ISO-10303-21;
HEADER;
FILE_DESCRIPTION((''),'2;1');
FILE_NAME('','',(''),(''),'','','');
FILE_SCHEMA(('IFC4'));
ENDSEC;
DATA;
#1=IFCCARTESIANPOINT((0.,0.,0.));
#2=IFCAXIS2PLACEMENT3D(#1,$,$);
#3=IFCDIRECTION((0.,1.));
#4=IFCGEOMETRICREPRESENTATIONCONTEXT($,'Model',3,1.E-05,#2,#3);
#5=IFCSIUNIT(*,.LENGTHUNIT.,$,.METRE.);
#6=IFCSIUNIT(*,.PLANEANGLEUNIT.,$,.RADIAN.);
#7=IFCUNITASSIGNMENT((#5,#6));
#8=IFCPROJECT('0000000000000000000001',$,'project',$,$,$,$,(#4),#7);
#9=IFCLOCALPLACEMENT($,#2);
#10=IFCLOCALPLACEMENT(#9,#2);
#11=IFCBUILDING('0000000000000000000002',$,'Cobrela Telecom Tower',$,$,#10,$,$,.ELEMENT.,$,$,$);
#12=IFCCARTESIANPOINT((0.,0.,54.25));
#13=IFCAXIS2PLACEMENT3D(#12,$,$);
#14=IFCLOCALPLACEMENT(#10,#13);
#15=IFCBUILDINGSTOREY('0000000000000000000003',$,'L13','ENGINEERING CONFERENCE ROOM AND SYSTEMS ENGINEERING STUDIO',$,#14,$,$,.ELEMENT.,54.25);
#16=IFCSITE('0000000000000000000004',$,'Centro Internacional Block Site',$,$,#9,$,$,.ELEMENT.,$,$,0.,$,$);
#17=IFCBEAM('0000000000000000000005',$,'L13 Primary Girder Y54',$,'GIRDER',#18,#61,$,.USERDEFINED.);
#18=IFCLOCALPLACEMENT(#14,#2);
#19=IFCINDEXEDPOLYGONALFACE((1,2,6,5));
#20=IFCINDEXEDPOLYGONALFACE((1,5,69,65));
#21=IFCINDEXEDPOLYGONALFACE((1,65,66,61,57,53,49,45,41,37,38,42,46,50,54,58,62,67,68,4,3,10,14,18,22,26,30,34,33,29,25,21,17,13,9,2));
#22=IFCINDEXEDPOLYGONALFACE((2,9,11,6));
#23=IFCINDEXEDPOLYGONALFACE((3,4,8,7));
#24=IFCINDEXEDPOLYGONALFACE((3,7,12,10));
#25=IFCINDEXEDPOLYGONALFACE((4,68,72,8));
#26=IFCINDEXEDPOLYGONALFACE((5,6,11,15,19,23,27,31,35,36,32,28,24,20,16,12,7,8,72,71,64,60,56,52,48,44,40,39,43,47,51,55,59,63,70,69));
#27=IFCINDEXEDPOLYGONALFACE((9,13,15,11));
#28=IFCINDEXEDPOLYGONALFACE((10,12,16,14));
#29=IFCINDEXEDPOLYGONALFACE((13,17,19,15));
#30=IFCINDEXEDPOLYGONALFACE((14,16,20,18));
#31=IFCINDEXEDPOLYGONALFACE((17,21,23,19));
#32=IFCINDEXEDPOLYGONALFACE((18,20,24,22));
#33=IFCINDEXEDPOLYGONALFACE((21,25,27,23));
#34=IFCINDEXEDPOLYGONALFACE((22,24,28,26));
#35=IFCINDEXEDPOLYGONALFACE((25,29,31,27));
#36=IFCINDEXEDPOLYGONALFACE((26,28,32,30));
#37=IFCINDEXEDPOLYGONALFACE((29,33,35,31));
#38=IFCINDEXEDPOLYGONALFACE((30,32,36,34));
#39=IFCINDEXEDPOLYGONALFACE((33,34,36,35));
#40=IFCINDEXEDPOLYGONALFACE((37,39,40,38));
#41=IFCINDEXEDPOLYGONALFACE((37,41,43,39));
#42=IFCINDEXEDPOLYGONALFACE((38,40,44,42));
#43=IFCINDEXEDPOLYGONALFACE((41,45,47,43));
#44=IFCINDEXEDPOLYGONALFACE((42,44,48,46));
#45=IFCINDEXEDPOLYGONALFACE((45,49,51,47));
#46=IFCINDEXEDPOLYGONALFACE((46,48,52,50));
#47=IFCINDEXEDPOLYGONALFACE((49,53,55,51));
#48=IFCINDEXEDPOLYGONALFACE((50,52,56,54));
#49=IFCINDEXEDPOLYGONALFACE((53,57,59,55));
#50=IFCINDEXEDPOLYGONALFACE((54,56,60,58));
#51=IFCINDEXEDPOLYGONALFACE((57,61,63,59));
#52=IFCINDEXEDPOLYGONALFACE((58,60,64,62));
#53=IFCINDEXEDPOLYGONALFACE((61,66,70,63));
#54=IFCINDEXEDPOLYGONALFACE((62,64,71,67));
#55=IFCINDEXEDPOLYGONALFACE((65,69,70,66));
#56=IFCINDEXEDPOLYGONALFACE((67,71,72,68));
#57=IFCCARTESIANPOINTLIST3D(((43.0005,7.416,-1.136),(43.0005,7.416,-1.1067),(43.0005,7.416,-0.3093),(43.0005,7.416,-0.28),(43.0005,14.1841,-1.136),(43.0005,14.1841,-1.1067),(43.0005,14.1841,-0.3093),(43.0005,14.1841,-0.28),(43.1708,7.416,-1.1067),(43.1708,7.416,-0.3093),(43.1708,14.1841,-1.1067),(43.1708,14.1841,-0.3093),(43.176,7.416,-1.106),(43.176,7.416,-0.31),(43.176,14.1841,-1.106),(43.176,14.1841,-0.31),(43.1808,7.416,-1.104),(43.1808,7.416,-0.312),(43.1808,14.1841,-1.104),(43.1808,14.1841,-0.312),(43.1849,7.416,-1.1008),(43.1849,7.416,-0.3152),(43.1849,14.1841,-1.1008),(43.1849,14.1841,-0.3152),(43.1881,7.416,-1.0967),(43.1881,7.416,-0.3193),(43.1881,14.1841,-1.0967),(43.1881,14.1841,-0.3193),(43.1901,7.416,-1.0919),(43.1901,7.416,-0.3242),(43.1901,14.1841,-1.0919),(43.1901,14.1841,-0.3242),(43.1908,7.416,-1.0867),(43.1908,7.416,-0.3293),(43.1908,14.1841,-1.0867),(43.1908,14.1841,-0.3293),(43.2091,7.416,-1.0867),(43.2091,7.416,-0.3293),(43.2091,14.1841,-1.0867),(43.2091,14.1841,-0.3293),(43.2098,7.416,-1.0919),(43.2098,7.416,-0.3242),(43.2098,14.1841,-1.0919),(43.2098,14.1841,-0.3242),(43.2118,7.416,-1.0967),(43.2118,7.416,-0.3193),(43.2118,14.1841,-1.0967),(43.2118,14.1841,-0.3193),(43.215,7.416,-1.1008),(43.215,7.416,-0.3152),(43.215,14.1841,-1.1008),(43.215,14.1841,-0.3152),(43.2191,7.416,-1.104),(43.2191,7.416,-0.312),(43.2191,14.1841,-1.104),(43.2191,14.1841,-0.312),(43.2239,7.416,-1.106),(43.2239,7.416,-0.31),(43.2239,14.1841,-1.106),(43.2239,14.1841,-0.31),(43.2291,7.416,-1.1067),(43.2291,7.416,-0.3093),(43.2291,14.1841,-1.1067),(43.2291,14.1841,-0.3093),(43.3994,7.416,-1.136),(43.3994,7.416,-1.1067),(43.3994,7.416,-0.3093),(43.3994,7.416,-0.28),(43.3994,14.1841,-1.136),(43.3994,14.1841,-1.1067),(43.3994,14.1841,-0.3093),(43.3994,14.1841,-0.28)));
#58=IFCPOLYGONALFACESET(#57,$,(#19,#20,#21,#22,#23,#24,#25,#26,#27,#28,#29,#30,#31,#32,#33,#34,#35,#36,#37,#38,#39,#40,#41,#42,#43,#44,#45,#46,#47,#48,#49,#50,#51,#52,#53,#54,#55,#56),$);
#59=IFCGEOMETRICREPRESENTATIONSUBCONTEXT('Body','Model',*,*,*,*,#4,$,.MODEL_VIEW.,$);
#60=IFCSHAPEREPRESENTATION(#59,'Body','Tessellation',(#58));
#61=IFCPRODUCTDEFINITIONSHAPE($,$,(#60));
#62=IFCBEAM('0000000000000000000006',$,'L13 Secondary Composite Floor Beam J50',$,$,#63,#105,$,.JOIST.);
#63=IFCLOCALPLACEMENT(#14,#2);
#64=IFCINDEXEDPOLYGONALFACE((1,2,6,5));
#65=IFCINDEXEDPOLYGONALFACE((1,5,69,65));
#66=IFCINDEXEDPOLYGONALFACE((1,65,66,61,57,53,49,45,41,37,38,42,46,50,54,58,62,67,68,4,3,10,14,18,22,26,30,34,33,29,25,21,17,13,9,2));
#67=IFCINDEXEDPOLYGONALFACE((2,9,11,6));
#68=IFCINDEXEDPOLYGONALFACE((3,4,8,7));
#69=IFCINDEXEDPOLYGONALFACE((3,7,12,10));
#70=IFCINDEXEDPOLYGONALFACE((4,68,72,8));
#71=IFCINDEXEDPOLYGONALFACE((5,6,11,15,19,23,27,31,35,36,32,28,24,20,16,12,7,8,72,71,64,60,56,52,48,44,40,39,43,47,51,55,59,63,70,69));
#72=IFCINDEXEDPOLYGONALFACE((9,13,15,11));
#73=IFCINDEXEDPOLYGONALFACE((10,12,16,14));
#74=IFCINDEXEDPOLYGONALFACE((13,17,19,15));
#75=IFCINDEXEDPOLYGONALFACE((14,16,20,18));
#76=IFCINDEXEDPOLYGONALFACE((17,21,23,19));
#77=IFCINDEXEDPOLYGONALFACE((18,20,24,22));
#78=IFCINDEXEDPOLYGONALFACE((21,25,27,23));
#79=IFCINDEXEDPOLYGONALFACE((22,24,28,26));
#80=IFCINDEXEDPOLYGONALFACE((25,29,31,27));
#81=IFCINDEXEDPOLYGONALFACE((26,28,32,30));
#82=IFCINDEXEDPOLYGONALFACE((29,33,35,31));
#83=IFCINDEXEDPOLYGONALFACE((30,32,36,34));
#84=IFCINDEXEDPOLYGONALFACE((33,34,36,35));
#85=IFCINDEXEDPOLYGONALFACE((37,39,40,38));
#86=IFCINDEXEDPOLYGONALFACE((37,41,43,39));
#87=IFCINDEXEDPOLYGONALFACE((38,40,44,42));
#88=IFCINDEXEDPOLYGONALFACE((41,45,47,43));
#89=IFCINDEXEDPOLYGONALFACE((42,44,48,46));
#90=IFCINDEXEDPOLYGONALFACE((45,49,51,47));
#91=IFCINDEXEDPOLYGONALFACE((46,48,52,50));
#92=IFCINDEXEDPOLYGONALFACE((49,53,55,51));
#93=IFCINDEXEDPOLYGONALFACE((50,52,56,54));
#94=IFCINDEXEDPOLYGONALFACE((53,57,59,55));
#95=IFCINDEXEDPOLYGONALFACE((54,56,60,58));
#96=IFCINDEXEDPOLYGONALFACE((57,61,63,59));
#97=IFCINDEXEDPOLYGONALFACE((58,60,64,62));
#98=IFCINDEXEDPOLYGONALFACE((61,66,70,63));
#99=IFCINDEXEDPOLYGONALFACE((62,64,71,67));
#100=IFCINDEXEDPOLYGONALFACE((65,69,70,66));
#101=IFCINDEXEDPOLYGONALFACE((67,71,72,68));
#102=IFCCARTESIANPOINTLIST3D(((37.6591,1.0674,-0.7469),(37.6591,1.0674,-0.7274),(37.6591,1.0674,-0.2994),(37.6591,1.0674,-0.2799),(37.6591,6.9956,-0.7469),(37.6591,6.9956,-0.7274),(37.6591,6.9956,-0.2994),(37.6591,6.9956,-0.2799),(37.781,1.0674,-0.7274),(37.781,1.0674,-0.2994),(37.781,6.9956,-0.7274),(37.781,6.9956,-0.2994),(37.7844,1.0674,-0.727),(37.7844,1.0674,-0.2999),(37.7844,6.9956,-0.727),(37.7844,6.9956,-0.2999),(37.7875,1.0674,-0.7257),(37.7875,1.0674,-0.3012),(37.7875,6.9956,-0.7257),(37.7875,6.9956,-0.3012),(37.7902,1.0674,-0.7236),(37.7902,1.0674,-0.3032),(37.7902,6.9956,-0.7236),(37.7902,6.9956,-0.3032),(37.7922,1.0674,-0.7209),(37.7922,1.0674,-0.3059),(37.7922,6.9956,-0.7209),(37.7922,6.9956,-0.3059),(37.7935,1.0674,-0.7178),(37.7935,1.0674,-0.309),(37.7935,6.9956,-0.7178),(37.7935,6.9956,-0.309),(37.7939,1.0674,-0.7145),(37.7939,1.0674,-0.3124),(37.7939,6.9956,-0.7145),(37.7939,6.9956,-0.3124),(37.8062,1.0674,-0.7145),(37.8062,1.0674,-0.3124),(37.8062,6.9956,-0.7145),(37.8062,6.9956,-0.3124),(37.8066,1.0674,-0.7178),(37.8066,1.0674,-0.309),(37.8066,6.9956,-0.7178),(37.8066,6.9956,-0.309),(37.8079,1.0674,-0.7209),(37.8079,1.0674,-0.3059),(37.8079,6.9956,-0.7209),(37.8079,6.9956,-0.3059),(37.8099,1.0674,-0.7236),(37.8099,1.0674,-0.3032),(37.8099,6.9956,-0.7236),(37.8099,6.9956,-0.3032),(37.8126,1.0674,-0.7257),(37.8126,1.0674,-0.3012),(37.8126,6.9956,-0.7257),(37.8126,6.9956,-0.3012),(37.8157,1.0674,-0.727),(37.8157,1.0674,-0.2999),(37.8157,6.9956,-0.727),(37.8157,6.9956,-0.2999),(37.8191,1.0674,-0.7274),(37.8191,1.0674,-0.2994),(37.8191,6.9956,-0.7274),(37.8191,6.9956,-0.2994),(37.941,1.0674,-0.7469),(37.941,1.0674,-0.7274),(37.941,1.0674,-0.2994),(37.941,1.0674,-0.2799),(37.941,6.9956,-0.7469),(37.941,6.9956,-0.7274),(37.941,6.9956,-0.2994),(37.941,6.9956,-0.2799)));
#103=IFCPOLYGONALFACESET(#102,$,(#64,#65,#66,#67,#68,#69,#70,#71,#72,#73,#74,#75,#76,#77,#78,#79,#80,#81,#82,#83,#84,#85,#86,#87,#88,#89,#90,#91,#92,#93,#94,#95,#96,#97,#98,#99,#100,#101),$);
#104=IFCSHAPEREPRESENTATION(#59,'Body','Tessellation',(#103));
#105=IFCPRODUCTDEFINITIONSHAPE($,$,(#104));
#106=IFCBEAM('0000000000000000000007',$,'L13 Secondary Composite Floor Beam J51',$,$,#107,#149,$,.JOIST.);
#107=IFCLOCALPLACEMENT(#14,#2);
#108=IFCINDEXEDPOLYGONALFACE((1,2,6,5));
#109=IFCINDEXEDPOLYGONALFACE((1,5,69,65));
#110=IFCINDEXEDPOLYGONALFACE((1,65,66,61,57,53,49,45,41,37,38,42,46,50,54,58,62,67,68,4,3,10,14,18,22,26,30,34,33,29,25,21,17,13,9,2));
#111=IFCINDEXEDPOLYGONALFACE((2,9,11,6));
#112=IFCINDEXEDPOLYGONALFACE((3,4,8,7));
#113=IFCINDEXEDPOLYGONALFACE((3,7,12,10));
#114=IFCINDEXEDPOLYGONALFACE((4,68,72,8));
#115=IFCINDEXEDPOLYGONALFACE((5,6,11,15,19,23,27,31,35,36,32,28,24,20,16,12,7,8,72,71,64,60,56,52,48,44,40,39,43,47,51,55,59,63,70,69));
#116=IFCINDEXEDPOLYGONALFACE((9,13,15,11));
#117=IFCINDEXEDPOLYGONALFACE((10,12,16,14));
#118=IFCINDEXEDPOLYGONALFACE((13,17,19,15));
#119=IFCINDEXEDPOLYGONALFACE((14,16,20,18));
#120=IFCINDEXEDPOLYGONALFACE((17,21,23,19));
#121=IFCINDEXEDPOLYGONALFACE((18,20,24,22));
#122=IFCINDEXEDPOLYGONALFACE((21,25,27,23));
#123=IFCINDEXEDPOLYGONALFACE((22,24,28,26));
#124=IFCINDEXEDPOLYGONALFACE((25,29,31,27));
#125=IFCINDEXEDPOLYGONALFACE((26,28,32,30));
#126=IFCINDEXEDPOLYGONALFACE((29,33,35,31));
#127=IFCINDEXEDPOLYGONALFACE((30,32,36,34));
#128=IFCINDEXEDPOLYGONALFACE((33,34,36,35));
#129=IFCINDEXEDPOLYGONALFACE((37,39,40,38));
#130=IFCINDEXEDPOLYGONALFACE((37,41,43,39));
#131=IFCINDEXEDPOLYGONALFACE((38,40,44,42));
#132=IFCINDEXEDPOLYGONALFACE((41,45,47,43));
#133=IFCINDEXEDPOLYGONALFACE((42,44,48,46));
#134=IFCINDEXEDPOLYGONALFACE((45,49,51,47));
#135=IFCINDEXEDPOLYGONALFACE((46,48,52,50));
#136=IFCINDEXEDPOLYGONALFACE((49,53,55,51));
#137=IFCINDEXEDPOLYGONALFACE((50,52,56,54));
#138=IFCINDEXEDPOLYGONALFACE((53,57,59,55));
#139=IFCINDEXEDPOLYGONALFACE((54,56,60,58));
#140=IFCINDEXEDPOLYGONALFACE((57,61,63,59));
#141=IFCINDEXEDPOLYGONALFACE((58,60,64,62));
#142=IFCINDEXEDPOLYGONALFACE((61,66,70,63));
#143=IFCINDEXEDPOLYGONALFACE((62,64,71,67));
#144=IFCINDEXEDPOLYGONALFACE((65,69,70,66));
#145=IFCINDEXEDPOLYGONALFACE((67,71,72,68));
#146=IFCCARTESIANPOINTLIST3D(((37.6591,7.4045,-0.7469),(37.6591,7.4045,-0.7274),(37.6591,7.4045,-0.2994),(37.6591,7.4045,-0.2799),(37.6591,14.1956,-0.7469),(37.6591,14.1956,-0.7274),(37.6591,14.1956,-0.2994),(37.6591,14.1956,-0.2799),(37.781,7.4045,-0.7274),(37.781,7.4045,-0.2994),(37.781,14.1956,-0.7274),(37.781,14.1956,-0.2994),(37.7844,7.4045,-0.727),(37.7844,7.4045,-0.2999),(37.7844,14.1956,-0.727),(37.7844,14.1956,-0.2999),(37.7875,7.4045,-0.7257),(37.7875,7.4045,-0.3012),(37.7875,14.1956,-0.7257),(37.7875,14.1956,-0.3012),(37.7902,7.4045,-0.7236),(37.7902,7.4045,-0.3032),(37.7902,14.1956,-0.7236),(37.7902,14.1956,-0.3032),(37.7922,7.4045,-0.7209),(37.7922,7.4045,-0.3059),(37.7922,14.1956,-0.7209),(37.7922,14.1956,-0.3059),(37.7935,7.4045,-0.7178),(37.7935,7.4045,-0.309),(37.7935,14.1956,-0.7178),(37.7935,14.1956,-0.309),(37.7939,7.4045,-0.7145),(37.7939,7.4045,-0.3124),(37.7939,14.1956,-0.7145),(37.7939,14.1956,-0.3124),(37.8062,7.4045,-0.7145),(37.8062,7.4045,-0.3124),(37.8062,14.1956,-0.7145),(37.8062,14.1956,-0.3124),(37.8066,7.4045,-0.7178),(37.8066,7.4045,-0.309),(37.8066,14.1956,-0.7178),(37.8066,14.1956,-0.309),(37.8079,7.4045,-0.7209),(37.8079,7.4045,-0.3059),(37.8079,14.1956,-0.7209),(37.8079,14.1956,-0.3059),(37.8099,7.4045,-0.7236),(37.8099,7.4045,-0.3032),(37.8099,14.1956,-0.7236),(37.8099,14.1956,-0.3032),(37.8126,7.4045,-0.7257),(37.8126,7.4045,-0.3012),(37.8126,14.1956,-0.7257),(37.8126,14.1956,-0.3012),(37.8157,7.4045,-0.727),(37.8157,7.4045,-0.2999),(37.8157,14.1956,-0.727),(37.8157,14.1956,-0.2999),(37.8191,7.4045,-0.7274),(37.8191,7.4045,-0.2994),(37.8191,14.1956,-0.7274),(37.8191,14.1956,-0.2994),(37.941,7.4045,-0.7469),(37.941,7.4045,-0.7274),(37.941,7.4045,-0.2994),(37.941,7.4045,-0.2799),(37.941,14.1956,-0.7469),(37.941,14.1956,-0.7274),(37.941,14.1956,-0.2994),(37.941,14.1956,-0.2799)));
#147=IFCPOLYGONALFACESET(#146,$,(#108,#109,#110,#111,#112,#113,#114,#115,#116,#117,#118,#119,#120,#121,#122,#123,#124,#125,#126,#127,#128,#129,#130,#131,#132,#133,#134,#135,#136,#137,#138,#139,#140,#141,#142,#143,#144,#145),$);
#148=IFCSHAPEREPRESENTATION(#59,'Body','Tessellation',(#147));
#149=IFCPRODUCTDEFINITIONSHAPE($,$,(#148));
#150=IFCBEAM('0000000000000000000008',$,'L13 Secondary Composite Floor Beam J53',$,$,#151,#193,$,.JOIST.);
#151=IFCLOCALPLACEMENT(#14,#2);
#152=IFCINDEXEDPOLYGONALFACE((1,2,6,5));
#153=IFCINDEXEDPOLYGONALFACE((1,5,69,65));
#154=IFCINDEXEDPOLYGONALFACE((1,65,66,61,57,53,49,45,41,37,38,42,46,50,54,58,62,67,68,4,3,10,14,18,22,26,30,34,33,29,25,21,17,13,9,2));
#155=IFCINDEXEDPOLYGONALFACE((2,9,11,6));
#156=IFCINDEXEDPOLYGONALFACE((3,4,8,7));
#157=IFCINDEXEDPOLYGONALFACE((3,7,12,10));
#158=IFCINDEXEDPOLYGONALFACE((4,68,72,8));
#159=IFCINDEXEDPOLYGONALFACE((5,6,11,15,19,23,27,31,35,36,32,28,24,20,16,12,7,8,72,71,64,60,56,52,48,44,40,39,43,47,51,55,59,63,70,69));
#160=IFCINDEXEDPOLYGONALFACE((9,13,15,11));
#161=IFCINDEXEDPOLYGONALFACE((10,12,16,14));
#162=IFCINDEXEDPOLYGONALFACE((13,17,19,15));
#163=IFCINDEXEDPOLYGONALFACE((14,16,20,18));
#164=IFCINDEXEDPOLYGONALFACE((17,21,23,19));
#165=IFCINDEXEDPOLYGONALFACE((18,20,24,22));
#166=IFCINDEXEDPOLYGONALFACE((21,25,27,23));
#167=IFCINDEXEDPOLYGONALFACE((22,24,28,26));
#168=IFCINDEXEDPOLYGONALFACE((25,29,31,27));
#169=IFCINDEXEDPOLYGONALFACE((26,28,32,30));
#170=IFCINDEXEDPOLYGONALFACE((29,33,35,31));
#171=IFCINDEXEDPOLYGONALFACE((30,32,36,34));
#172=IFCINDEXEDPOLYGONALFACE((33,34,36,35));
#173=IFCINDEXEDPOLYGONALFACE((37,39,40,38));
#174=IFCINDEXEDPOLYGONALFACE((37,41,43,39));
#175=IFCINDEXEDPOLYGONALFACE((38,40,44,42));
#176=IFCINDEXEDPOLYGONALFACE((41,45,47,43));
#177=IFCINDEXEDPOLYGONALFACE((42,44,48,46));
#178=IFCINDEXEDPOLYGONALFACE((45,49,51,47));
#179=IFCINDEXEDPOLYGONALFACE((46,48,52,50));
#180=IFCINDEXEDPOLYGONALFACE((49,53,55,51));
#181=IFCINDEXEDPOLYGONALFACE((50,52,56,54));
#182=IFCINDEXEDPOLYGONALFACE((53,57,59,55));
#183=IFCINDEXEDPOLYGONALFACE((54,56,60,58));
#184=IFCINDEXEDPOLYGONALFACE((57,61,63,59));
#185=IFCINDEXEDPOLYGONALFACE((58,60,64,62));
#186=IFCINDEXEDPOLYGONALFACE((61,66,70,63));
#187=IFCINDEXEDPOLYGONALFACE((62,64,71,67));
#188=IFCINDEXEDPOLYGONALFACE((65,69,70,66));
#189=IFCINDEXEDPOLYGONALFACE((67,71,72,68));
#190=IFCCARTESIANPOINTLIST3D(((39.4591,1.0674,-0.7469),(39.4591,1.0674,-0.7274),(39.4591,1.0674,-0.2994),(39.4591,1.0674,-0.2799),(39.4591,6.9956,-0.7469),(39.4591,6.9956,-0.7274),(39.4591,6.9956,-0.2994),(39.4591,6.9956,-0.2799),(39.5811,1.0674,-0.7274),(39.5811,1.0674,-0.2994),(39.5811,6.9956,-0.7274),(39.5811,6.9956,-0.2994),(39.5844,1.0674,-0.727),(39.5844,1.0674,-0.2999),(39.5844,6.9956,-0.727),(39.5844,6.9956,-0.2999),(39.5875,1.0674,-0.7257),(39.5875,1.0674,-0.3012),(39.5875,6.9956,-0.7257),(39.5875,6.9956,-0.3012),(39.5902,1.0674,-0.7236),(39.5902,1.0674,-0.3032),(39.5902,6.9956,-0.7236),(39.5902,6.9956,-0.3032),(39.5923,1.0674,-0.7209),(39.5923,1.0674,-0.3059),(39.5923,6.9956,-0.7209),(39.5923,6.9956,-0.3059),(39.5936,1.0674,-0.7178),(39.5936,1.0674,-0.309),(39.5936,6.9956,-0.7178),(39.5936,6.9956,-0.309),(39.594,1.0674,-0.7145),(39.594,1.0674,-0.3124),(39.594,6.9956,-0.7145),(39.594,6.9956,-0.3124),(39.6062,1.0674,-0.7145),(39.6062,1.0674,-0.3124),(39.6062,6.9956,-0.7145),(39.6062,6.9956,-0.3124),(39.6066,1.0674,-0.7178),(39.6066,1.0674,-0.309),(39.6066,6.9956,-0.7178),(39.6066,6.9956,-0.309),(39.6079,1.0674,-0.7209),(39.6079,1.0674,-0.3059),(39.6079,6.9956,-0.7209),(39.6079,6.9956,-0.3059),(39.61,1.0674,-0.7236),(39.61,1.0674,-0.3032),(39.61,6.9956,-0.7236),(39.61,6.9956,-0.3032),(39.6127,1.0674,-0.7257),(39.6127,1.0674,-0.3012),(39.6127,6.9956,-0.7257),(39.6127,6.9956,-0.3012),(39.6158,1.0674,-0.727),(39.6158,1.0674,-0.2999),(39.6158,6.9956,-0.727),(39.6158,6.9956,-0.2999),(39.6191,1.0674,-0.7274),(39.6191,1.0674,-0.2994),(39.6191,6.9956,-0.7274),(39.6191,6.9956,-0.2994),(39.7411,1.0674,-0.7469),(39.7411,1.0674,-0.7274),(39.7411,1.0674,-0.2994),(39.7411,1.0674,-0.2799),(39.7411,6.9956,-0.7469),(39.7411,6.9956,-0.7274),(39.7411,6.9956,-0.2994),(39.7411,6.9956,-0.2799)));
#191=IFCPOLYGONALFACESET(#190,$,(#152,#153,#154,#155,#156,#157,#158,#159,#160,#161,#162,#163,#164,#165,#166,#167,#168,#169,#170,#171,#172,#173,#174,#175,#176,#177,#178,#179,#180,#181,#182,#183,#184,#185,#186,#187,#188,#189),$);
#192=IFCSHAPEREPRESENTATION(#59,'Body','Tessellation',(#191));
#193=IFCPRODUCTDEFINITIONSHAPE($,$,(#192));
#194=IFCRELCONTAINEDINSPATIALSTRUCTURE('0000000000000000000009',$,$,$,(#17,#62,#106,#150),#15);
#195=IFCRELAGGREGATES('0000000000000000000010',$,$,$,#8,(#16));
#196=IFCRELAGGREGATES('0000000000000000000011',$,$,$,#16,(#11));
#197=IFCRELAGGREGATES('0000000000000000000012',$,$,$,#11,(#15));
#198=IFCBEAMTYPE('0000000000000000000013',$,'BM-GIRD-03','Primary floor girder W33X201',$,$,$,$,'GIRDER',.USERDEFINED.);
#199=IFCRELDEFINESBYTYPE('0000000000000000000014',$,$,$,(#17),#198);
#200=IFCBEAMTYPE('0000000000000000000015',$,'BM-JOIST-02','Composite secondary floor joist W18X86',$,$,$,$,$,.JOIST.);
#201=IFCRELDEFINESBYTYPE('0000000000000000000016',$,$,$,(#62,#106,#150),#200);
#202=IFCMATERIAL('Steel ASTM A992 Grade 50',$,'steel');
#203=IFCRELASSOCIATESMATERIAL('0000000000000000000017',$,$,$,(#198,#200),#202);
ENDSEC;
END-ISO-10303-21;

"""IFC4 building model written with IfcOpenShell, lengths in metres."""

from ifc_helpers import new_model, si_unit, direction, frame, origin, origin_2d, place, context, subcontext, project, spatial, i_section, extrude, material, material_profile, profile_set, type_object, element, save


model = new_model("IFC4")

# Units and contexts
model_context = context("Model", 3, precision=1e-05, world=origin(), true_north=direction((0.0, 1.0)))
body_context = subcontext(model_context, "Body", "Model", "MODEL_VIEW")
ifc_project = project(units=[si_unit("LENGTHUNIT", "METRE"), si_unit("PLANEANGLEUNIT", "RADIAN")], contexts=[model_context])

# Site, building, storey
site_placement = place(None, origin())
site = spatial("IfcSite", under=ifc_project, at=site_placement, Name="Centro Internacional Block Site", CompositionType="ELEMENT", RefElevation=0.0)
building_placement = place(site_placement, origin())
building = spatial("IfcBuilding", under=site, at=building_placement, Name="Cobrela Telecom Tower", CompositionType="ELEMENT")
storey_placement = place(building_placement, frame((0.0, 0.0, 54.25)))
storey = spatial("IfcBuildingStorey", under=building, at=storey_placement, Name="L13", Description="ENGINEERING CONFERENCE ROOM AND SYSTEMS ENGINEERING STUDIO", CompositionType="ELEMENT", Elevation=54.25)

# Shared definitions
ifc_material_1 = material(Name="Steel ASTM A992 Grade 50", Category="steel")

# Beams
ifc_material_profile_1 = material_profile(ifc_material_1, i_section(OverallWidth=0.3989, OverallDepth=0.856, WebThickness=0.0183, FlangeThickness=0.0293, FilletRadius=0.02, at=origin_2d()), Name="W33X201")
ifc_profile_set_1 = profile_set([ifc_material_profile_1], Name="Steel ASTM A992 Grade 50")
beam_type_1 = type_object("IfcBeamType", Name="BM-GIRD-03", Description="Primary floor girder W33X201", ElementType="GIRDER", PredefinedType="USERDEFINED", material=ifc_profile_set_1)
beam_1_placement = place(storey_placement, frame((43.2, 7.416, -0.708), z_axis=(0.0, 1.0, 0.0), x_axis=(-1.0, 0.0, 0.0)))
element("IfcBeam", 1, at=beam_1_placement, inside=storey, type_object=beam_type_1, Name="L13 Primary Girder Y54", ObjectType="GIRDER", PredefinedType="USERDEFINED", context=body_context, shape_type="SweptSolid", body=[
    extrude(i_section(OverallWidth=0.3989, OverallDepth=0.856, WebThickness=0.0183, FlangeThickness=0.0293, FilletRadius=0.02, at=origin_2d()), origin(), (0.0, 0.0, 1.0), 6.7681),
])
ifc_material_profile_2 = material_profile(ifc_material_1, i_section(OverallWidth=0.282, OverallDepth=0.467, WebThickness=0.0122, FlangeThickness=0.0195, FilletRadius=0.0129, at=origin_2d()), Name="W18X86")
ifc_profile_set_2 = profile_set([ifc_material_profile_2], Name="Steel ASTM A992 Grade 50")
beam_type_2 = type_object("IfcBeamType", Name="BM-JOIST-02", Description="Composite secondary floor joist W18X86", PredefinedType="JOIST", material=ifc_profile_set_2)
beam_2_placement = place(storey_placement, frame((37.8, 1.0674, -0.5134), z_axis=(0.0, 1.0, 0.0), x_axis=(-1.0, 0.0, 0.0)))
element("IfcBeam", 2, at=beam_2_placement, inside=storey, type_object=beam_type_2, Name="L13 Secondary Composite Floor Beam J50", PredefinedType="JOIST", context=body_context, shape_type="SweptSolid", body=[
    extrude(i_section(OverallWidth=0.282, OverallDepth=0.467, WebThickness=0.0122, FlangeThickness=0.0195, FilletRadius=0.0129, at=origin_2d()), origin(), (0.0, 0.0, 1.0), 5.9282),
])
beam_3_placement = place(storey_placement, frame((37.8, 7.4045, -0.5134), z_axis=(0.0, 1.0, 0.0), x_axis=(-1.0, 0.0, 0.0)))
element("IfcBeam", 3, at=beam_3_placement, inside=storey, type_object=beam_type_2, Name="L13 Secondary Composite Floor Beam J51", PredefinedType="JOIST", context=body_context, shape_type="SweptSolid", body=[
    extrude(i_section(OverallWidth=0.282, OverallDepth=0.467, WebThickness=0.0122, FlangeThickness=0.0195, FilletRadius=0.0129, at=origin_2d()), origin(), (0.0, 0.0, 1.0), 6.791),
])
beam_4_placement = place(storey_placement, frame((39.6001, 1.0674, -0.5134), z_axis=(0.0, 1.0, 0.0), x_axis=(-1.0, 0.0, 0.0)))
element("IfcBeam", 4, at=beam_4_placement, inside=storey, type_object=beam_type_2, Name="L13 Secondary Composite Floor Beam J53", PredefinedType="JOIST", context=body_context, shape_type="SweptSolid", body=[
    extrude(i_section(OverallWidth=0.282, OverallDepth=0.467, WebThickness=0.0122, FlangeThickness=0.0195, FilletRadius=0.0129, at=origin_2d()), origin(), (0.0, 0.0, 1.0), 5.9282),
])

save(model, "model.ifc")
